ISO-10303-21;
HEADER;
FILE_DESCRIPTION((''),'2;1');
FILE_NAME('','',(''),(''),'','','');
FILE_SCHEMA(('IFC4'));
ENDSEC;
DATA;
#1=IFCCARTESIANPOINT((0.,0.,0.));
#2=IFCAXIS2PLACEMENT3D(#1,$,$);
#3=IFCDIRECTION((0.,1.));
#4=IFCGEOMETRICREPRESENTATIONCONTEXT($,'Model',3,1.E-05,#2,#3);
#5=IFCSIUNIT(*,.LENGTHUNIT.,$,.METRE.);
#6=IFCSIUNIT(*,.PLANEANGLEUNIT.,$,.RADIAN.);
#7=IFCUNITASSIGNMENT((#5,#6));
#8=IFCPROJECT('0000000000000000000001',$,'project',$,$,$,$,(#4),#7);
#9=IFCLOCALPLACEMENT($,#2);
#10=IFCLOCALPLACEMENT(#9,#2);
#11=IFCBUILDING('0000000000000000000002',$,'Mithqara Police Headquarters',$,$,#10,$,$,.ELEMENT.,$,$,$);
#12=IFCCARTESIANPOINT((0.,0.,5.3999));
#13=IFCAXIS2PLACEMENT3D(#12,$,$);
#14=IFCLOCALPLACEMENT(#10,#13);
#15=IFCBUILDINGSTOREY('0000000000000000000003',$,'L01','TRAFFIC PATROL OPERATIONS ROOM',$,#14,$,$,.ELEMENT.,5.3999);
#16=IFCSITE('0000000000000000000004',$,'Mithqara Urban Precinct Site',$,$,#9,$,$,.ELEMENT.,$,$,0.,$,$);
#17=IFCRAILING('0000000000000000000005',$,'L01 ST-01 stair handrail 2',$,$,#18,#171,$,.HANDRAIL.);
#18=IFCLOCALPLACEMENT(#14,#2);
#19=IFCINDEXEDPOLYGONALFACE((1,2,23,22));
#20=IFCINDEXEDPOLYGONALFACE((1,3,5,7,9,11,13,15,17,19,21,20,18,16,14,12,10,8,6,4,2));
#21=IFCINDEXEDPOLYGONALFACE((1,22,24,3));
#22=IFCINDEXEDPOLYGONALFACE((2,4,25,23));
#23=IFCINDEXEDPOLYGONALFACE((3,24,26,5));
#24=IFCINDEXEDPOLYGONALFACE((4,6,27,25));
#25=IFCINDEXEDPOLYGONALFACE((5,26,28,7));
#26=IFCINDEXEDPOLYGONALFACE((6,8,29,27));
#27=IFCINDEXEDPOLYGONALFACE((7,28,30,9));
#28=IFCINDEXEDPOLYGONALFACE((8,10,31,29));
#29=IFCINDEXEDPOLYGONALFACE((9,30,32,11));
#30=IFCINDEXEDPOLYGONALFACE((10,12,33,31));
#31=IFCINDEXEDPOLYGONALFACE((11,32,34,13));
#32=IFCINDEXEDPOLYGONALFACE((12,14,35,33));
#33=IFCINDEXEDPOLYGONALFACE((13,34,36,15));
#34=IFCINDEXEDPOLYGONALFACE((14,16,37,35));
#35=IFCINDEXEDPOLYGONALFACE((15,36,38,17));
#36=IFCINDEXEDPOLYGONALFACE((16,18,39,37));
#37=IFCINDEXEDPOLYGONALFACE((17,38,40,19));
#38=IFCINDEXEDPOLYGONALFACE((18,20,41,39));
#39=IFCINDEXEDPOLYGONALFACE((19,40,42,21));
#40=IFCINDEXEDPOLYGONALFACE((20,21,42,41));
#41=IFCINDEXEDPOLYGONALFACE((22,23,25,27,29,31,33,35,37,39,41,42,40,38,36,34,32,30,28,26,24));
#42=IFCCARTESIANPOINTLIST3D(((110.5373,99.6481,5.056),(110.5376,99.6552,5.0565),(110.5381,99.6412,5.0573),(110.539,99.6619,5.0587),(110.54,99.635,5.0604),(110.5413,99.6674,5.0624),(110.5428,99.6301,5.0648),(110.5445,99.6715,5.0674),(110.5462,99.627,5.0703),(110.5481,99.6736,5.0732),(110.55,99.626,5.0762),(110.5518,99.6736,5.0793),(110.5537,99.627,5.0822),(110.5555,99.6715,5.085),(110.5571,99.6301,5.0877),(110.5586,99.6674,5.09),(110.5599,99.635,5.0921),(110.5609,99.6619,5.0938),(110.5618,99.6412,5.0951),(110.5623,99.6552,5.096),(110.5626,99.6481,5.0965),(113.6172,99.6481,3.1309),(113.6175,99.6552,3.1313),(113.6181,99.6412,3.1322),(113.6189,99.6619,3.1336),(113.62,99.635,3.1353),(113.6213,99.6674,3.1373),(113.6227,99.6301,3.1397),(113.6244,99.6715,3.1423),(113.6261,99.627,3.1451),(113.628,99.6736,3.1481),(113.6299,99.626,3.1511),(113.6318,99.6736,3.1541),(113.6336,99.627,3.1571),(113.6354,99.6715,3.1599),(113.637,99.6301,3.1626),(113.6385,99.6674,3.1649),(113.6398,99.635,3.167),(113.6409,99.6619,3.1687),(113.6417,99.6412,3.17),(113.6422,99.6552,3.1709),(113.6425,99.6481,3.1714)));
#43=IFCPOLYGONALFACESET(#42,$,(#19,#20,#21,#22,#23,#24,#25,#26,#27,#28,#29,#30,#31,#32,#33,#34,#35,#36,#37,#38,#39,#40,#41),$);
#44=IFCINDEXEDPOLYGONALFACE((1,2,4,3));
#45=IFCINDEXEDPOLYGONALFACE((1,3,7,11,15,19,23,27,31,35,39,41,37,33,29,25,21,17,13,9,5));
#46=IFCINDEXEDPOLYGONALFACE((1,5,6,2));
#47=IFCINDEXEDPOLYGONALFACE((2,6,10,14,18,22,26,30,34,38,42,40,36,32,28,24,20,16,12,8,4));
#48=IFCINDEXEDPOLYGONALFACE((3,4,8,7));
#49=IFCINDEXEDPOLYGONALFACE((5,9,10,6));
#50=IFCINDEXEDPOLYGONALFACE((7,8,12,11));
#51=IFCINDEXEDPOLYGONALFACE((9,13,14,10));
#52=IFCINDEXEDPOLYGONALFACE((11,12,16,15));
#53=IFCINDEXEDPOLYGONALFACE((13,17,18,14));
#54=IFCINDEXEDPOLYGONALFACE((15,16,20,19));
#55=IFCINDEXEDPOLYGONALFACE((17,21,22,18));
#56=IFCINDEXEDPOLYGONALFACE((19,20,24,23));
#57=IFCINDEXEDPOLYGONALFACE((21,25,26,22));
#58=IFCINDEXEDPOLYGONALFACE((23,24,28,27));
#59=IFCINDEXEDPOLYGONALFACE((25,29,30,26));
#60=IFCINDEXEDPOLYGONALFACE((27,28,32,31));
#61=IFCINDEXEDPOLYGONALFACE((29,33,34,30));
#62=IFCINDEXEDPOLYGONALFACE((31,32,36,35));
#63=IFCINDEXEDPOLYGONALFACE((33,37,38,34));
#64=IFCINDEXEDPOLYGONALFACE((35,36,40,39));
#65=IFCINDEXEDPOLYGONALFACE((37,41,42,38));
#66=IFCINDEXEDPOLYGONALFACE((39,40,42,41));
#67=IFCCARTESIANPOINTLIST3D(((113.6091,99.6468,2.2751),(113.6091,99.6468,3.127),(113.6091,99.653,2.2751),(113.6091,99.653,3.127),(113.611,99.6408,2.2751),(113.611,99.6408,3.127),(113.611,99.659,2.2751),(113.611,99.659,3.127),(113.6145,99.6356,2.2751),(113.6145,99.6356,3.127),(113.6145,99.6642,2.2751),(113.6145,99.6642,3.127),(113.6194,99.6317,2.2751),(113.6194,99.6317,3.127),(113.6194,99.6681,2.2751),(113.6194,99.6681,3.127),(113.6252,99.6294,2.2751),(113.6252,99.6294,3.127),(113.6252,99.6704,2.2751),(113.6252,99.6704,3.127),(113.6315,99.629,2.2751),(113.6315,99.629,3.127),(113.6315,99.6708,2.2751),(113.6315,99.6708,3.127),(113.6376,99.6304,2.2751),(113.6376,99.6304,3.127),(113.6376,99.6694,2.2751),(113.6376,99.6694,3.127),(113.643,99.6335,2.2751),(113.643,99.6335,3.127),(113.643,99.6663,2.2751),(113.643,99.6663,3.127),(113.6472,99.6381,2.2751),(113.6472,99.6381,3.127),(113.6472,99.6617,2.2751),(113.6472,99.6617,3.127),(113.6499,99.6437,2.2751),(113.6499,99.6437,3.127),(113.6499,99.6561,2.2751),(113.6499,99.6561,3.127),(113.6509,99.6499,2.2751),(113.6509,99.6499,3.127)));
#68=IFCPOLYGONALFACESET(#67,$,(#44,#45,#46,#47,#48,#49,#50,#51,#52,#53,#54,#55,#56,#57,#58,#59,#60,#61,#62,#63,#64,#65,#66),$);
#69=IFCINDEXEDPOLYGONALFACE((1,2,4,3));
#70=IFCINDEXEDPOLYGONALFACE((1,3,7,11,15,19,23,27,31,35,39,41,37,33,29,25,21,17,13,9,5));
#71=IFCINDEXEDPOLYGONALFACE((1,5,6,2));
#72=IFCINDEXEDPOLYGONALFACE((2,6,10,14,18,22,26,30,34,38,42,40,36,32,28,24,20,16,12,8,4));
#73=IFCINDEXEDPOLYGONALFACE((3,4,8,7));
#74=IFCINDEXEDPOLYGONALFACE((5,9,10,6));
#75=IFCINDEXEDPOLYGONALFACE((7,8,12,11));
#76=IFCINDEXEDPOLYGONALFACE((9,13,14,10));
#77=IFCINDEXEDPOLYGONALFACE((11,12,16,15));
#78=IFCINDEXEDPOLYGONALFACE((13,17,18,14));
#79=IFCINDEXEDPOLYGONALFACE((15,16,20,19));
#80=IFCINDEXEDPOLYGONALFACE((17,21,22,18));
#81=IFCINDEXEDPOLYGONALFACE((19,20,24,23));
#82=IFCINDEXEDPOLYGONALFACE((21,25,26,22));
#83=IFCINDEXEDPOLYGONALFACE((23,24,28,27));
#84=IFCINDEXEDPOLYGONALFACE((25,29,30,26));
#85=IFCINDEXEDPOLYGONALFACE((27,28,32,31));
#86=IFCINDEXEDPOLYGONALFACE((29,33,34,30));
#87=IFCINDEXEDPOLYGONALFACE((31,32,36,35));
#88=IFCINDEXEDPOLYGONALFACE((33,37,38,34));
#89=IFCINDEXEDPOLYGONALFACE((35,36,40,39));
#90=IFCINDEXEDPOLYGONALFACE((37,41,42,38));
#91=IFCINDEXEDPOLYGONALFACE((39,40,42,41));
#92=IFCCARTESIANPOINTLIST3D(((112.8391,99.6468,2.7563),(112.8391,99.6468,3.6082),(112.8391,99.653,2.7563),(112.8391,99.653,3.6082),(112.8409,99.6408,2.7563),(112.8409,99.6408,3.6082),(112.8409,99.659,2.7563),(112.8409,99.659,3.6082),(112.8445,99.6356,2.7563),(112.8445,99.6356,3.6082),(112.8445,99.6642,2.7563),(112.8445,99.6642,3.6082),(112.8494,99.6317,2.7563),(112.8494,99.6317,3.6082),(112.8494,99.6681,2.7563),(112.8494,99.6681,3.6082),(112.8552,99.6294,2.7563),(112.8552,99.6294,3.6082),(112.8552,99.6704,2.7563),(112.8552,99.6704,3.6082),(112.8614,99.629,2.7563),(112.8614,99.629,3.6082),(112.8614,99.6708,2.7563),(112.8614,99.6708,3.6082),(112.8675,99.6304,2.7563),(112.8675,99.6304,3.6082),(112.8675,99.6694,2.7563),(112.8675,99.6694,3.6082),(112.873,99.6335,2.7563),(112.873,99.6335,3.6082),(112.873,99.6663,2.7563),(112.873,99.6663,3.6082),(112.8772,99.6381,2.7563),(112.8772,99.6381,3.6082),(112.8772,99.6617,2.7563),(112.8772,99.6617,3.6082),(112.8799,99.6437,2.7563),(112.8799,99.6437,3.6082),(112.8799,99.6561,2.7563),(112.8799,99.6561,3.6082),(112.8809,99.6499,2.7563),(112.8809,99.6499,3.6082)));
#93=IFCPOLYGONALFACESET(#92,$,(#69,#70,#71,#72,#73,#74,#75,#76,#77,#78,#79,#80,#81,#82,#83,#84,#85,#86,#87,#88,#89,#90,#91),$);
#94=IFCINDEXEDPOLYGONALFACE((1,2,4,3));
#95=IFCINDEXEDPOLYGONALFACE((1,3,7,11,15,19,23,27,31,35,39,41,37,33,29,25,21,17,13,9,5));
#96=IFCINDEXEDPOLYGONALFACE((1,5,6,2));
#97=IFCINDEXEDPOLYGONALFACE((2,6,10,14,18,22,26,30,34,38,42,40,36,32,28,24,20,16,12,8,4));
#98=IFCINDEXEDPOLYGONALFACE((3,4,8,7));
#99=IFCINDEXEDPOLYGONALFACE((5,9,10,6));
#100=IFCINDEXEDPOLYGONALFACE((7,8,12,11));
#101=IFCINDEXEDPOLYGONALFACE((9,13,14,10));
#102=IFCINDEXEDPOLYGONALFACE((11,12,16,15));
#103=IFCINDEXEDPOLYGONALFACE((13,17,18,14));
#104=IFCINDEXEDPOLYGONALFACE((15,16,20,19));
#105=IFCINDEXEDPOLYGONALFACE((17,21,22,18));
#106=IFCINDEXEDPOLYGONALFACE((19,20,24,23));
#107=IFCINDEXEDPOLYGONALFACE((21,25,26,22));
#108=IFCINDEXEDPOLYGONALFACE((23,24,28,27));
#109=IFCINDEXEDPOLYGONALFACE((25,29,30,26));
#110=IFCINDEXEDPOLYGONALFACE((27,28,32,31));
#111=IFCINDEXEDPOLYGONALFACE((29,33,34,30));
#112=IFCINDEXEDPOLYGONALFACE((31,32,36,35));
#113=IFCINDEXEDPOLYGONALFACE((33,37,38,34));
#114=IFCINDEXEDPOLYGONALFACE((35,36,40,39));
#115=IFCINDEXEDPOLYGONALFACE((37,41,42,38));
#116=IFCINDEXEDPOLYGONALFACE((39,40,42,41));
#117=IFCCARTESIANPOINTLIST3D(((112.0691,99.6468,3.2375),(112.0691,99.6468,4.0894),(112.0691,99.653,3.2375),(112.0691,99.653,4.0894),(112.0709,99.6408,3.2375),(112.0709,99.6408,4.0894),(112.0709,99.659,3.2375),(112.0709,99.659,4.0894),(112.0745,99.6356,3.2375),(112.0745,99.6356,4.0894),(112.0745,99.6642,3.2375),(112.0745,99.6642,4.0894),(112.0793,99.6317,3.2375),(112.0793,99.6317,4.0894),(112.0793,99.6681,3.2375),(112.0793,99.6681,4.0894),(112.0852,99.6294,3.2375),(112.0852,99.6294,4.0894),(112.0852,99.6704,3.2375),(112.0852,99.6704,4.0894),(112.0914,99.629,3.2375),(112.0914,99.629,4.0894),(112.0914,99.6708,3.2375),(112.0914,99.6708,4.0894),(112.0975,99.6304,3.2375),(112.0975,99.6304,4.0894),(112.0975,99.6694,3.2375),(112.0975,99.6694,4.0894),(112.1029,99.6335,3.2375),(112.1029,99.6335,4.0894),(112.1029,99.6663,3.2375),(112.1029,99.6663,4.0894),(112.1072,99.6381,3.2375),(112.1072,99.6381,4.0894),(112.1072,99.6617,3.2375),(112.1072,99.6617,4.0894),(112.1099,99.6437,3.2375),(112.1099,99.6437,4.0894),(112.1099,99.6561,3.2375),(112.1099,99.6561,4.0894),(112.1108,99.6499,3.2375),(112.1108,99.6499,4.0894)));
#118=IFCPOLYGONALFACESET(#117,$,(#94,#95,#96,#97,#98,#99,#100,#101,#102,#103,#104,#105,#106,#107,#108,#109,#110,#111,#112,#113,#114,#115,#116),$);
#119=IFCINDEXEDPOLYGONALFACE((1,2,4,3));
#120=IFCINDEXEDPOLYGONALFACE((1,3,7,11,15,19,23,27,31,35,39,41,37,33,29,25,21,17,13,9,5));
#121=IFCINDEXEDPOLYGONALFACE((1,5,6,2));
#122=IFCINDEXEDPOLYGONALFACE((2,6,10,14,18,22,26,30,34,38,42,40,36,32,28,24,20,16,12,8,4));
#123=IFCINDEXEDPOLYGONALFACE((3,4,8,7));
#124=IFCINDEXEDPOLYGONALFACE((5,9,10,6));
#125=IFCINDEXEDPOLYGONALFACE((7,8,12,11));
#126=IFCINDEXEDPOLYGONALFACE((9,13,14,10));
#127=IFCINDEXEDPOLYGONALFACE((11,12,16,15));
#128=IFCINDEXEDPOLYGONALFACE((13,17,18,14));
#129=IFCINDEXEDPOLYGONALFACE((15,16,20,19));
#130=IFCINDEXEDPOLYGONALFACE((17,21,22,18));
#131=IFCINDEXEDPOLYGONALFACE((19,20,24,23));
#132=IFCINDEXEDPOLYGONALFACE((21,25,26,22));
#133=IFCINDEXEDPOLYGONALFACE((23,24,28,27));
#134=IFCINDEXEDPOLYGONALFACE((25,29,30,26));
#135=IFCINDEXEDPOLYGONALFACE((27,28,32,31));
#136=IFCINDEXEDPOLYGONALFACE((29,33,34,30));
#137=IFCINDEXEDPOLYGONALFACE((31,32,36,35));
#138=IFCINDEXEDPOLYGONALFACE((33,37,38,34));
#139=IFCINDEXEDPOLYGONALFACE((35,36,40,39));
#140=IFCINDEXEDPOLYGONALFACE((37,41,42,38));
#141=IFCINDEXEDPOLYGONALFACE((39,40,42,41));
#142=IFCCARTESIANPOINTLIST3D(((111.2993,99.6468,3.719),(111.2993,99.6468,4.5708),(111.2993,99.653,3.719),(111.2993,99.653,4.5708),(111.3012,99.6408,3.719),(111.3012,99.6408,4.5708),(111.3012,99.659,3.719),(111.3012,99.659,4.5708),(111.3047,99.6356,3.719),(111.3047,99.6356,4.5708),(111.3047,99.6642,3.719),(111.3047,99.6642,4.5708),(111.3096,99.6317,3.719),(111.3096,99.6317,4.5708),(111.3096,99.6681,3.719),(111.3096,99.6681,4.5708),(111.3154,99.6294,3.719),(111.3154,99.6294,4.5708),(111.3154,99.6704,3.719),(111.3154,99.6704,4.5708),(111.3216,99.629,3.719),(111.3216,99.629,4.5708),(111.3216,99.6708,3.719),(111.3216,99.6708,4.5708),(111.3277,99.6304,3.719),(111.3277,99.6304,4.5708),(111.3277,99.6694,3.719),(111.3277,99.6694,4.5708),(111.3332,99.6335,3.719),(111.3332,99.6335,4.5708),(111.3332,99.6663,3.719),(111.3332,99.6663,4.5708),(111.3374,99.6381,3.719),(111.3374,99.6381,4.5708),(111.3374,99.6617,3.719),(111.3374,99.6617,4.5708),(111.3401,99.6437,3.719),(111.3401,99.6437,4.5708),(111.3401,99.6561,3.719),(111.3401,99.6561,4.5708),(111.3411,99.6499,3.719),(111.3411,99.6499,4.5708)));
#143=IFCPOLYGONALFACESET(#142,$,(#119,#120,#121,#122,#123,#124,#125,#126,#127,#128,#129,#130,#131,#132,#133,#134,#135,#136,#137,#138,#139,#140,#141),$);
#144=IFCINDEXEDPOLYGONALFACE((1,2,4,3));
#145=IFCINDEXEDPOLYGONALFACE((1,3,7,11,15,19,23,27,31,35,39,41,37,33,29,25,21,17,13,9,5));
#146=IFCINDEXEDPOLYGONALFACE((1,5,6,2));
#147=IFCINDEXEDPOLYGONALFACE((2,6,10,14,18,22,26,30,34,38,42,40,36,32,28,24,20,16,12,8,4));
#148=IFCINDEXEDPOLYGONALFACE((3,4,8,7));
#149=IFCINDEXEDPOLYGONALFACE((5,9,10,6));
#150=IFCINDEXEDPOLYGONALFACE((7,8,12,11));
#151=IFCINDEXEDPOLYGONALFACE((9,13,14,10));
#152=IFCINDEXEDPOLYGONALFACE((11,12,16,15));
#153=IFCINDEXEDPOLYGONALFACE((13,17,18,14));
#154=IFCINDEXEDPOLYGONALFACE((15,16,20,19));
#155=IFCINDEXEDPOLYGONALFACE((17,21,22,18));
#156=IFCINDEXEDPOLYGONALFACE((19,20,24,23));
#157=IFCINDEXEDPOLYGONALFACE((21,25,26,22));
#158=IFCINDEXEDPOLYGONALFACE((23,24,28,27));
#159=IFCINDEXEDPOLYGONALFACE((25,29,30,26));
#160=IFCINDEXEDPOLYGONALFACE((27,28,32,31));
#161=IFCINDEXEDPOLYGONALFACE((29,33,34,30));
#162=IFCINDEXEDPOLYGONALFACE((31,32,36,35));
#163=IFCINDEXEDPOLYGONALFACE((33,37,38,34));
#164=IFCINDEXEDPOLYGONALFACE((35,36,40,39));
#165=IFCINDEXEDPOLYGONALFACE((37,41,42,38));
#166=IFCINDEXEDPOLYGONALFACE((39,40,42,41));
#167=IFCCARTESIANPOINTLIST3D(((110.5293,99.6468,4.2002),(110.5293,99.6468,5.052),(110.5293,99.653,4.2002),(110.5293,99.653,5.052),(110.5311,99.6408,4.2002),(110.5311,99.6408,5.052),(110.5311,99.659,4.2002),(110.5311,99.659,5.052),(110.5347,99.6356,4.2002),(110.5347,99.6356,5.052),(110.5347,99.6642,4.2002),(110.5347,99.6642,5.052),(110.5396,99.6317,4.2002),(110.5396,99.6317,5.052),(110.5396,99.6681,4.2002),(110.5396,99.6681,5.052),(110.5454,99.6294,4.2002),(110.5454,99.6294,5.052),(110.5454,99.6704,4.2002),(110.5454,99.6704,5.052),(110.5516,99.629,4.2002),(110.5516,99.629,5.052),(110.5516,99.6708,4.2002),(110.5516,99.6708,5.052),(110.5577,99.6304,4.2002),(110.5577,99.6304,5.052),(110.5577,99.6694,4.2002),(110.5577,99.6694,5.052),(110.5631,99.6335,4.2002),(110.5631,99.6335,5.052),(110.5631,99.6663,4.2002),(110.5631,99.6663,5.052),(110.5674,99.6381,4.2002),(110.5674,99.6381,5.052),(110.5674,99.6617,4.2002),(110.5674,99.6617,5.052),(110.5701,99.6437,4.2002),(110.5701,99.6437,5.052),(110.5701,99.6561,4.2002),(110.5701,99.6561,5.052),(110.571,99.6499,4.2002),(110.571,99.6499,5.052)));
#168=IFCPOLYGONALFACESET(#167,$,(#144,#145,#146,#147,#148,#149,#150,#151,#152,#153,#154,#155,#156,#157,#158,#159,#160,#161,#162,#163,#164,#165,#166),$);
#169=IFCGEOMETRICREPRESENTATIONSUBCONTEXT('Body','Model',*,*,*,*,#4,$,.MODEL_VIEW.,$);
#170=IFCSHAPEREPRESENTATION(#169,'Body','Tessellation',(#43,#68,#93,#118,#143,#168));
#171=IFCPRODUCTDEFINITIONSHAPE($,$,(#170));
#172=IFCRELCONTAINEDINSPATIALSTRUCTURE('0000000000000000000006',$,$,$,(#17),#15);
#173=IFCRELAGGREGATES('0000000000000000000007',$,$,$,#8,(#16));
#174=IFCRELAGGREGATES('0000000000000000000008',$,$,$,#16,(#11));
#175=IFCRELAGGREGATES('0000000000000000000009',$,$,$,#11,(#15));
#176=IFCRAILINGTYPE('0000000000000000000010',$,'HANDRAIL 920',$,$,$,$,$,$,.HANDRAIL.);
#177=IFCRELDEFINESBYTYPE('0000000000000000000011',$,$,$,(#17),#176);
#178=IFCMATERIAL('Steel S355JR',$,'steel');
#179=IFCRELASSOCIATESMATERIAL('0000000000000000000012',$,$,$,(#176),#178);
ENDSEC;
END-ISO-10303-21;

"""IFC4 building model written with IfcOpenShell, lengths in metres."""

from ifc_helpers import new_model, si_unit, direction, frame, origin, origin_2d, place, context, subcontext, project, spatial, circle, extrude, material, type_object, element, save


model = new_model("IFC4")

# Units and contexts
model_context = context("Model", 3, precision=1e-05, world=origin(), true_north=direction((0.0, 1.0)))
body_context = subcontext(model_context, "Body", "Model", "MODEL_VIEW")
ifc_project = project(units=[si_unit("LENGTHUNIT", "METRE"), si_unit("PLANEANGLEUNIT", "RADIAN")], contexts=[model_context])

# Site, building, storey
site_placement = place(None, origin())
site = spatial("IfcSite", under=ifc_project, at=site_placement, Name="Mithqara Urban Precinct Site", CompositionType="ELEMENT", RefElevation=0.0)
building_placement = place(site_placement, origin())
building = spatial("IfcBuilding", under=site, at=building_placement, Name="Mithqara Police Headquarters", CompositionType="ELEMENT")
storey_placement = place(building_placement, frame((0.0, 0.0, 5.3999)))
storey = spatial("IfcBuildingStorey", under=building, at=storey_placement, Name="L01", Description="TRAFFIC PATROL OPERATIONS ROOM", CompositionType="ELEMENT", Elevation=5.3999)

# Shared definitions
ifc_material_1 = material(Name="Steel S355JR", Category="steel")

# Railing
railing_type_1 = type_object("IfcRailingType", Name="HANDRAIL 920", PredefinedType="HANDRAIL", material=ifc_material_1)
railing_1_placement = place(storey_placement, frame((113.6299, 99.6499, 2.2751)))
element("IfcRailing", 1, at=railing_1_placement, inside=storey, type_object=railing_type_1, Name="L01 ST-01 stair handrail 2", PredefinedType="HANDRAIL", context=body_context, shape_type="SweptSolid", body=[
    extrude(circle(Radius=0.0239, at=origin_2d()), frame((0.0, 0.0, 0.876), z_axis=(-0.847979, 0.0, 0.530029), x_axis=(0.0, -1.0, 0.0)), (0.0, 0.0, 1.0), 3.6321),
    extrude(circle(Radius=0.021, at=origin_2d()), origin(), (0.0, 0.0, 1.0), 0.8518),
    extrude(circle(Radius=0.021, at=origin_2d()), frame((-0.77, 0.0, 0.4812)), (0.0, 0.0, 1.0), 0.8518),
    extrude(circle(Radius=0.021, at=origin_2d()), frame((-1.54, 0.0, 0.9624)), (0.0, 0.0, 1.0), 0.8518),
    extrude(circle(Radius=0.021, at=origin_2d()), frame((-2.3098, 0.0, 1.4438)), (0.0, 0.0, 1.0), 0.8518),
    extrude(circle(Radius=0.021, at=origin_2d()), frame((-3.0798, 0.0, 1.925)), (0.0, 0.0, 1.0), 0.8518),
])

save(model, "model.ifc")
